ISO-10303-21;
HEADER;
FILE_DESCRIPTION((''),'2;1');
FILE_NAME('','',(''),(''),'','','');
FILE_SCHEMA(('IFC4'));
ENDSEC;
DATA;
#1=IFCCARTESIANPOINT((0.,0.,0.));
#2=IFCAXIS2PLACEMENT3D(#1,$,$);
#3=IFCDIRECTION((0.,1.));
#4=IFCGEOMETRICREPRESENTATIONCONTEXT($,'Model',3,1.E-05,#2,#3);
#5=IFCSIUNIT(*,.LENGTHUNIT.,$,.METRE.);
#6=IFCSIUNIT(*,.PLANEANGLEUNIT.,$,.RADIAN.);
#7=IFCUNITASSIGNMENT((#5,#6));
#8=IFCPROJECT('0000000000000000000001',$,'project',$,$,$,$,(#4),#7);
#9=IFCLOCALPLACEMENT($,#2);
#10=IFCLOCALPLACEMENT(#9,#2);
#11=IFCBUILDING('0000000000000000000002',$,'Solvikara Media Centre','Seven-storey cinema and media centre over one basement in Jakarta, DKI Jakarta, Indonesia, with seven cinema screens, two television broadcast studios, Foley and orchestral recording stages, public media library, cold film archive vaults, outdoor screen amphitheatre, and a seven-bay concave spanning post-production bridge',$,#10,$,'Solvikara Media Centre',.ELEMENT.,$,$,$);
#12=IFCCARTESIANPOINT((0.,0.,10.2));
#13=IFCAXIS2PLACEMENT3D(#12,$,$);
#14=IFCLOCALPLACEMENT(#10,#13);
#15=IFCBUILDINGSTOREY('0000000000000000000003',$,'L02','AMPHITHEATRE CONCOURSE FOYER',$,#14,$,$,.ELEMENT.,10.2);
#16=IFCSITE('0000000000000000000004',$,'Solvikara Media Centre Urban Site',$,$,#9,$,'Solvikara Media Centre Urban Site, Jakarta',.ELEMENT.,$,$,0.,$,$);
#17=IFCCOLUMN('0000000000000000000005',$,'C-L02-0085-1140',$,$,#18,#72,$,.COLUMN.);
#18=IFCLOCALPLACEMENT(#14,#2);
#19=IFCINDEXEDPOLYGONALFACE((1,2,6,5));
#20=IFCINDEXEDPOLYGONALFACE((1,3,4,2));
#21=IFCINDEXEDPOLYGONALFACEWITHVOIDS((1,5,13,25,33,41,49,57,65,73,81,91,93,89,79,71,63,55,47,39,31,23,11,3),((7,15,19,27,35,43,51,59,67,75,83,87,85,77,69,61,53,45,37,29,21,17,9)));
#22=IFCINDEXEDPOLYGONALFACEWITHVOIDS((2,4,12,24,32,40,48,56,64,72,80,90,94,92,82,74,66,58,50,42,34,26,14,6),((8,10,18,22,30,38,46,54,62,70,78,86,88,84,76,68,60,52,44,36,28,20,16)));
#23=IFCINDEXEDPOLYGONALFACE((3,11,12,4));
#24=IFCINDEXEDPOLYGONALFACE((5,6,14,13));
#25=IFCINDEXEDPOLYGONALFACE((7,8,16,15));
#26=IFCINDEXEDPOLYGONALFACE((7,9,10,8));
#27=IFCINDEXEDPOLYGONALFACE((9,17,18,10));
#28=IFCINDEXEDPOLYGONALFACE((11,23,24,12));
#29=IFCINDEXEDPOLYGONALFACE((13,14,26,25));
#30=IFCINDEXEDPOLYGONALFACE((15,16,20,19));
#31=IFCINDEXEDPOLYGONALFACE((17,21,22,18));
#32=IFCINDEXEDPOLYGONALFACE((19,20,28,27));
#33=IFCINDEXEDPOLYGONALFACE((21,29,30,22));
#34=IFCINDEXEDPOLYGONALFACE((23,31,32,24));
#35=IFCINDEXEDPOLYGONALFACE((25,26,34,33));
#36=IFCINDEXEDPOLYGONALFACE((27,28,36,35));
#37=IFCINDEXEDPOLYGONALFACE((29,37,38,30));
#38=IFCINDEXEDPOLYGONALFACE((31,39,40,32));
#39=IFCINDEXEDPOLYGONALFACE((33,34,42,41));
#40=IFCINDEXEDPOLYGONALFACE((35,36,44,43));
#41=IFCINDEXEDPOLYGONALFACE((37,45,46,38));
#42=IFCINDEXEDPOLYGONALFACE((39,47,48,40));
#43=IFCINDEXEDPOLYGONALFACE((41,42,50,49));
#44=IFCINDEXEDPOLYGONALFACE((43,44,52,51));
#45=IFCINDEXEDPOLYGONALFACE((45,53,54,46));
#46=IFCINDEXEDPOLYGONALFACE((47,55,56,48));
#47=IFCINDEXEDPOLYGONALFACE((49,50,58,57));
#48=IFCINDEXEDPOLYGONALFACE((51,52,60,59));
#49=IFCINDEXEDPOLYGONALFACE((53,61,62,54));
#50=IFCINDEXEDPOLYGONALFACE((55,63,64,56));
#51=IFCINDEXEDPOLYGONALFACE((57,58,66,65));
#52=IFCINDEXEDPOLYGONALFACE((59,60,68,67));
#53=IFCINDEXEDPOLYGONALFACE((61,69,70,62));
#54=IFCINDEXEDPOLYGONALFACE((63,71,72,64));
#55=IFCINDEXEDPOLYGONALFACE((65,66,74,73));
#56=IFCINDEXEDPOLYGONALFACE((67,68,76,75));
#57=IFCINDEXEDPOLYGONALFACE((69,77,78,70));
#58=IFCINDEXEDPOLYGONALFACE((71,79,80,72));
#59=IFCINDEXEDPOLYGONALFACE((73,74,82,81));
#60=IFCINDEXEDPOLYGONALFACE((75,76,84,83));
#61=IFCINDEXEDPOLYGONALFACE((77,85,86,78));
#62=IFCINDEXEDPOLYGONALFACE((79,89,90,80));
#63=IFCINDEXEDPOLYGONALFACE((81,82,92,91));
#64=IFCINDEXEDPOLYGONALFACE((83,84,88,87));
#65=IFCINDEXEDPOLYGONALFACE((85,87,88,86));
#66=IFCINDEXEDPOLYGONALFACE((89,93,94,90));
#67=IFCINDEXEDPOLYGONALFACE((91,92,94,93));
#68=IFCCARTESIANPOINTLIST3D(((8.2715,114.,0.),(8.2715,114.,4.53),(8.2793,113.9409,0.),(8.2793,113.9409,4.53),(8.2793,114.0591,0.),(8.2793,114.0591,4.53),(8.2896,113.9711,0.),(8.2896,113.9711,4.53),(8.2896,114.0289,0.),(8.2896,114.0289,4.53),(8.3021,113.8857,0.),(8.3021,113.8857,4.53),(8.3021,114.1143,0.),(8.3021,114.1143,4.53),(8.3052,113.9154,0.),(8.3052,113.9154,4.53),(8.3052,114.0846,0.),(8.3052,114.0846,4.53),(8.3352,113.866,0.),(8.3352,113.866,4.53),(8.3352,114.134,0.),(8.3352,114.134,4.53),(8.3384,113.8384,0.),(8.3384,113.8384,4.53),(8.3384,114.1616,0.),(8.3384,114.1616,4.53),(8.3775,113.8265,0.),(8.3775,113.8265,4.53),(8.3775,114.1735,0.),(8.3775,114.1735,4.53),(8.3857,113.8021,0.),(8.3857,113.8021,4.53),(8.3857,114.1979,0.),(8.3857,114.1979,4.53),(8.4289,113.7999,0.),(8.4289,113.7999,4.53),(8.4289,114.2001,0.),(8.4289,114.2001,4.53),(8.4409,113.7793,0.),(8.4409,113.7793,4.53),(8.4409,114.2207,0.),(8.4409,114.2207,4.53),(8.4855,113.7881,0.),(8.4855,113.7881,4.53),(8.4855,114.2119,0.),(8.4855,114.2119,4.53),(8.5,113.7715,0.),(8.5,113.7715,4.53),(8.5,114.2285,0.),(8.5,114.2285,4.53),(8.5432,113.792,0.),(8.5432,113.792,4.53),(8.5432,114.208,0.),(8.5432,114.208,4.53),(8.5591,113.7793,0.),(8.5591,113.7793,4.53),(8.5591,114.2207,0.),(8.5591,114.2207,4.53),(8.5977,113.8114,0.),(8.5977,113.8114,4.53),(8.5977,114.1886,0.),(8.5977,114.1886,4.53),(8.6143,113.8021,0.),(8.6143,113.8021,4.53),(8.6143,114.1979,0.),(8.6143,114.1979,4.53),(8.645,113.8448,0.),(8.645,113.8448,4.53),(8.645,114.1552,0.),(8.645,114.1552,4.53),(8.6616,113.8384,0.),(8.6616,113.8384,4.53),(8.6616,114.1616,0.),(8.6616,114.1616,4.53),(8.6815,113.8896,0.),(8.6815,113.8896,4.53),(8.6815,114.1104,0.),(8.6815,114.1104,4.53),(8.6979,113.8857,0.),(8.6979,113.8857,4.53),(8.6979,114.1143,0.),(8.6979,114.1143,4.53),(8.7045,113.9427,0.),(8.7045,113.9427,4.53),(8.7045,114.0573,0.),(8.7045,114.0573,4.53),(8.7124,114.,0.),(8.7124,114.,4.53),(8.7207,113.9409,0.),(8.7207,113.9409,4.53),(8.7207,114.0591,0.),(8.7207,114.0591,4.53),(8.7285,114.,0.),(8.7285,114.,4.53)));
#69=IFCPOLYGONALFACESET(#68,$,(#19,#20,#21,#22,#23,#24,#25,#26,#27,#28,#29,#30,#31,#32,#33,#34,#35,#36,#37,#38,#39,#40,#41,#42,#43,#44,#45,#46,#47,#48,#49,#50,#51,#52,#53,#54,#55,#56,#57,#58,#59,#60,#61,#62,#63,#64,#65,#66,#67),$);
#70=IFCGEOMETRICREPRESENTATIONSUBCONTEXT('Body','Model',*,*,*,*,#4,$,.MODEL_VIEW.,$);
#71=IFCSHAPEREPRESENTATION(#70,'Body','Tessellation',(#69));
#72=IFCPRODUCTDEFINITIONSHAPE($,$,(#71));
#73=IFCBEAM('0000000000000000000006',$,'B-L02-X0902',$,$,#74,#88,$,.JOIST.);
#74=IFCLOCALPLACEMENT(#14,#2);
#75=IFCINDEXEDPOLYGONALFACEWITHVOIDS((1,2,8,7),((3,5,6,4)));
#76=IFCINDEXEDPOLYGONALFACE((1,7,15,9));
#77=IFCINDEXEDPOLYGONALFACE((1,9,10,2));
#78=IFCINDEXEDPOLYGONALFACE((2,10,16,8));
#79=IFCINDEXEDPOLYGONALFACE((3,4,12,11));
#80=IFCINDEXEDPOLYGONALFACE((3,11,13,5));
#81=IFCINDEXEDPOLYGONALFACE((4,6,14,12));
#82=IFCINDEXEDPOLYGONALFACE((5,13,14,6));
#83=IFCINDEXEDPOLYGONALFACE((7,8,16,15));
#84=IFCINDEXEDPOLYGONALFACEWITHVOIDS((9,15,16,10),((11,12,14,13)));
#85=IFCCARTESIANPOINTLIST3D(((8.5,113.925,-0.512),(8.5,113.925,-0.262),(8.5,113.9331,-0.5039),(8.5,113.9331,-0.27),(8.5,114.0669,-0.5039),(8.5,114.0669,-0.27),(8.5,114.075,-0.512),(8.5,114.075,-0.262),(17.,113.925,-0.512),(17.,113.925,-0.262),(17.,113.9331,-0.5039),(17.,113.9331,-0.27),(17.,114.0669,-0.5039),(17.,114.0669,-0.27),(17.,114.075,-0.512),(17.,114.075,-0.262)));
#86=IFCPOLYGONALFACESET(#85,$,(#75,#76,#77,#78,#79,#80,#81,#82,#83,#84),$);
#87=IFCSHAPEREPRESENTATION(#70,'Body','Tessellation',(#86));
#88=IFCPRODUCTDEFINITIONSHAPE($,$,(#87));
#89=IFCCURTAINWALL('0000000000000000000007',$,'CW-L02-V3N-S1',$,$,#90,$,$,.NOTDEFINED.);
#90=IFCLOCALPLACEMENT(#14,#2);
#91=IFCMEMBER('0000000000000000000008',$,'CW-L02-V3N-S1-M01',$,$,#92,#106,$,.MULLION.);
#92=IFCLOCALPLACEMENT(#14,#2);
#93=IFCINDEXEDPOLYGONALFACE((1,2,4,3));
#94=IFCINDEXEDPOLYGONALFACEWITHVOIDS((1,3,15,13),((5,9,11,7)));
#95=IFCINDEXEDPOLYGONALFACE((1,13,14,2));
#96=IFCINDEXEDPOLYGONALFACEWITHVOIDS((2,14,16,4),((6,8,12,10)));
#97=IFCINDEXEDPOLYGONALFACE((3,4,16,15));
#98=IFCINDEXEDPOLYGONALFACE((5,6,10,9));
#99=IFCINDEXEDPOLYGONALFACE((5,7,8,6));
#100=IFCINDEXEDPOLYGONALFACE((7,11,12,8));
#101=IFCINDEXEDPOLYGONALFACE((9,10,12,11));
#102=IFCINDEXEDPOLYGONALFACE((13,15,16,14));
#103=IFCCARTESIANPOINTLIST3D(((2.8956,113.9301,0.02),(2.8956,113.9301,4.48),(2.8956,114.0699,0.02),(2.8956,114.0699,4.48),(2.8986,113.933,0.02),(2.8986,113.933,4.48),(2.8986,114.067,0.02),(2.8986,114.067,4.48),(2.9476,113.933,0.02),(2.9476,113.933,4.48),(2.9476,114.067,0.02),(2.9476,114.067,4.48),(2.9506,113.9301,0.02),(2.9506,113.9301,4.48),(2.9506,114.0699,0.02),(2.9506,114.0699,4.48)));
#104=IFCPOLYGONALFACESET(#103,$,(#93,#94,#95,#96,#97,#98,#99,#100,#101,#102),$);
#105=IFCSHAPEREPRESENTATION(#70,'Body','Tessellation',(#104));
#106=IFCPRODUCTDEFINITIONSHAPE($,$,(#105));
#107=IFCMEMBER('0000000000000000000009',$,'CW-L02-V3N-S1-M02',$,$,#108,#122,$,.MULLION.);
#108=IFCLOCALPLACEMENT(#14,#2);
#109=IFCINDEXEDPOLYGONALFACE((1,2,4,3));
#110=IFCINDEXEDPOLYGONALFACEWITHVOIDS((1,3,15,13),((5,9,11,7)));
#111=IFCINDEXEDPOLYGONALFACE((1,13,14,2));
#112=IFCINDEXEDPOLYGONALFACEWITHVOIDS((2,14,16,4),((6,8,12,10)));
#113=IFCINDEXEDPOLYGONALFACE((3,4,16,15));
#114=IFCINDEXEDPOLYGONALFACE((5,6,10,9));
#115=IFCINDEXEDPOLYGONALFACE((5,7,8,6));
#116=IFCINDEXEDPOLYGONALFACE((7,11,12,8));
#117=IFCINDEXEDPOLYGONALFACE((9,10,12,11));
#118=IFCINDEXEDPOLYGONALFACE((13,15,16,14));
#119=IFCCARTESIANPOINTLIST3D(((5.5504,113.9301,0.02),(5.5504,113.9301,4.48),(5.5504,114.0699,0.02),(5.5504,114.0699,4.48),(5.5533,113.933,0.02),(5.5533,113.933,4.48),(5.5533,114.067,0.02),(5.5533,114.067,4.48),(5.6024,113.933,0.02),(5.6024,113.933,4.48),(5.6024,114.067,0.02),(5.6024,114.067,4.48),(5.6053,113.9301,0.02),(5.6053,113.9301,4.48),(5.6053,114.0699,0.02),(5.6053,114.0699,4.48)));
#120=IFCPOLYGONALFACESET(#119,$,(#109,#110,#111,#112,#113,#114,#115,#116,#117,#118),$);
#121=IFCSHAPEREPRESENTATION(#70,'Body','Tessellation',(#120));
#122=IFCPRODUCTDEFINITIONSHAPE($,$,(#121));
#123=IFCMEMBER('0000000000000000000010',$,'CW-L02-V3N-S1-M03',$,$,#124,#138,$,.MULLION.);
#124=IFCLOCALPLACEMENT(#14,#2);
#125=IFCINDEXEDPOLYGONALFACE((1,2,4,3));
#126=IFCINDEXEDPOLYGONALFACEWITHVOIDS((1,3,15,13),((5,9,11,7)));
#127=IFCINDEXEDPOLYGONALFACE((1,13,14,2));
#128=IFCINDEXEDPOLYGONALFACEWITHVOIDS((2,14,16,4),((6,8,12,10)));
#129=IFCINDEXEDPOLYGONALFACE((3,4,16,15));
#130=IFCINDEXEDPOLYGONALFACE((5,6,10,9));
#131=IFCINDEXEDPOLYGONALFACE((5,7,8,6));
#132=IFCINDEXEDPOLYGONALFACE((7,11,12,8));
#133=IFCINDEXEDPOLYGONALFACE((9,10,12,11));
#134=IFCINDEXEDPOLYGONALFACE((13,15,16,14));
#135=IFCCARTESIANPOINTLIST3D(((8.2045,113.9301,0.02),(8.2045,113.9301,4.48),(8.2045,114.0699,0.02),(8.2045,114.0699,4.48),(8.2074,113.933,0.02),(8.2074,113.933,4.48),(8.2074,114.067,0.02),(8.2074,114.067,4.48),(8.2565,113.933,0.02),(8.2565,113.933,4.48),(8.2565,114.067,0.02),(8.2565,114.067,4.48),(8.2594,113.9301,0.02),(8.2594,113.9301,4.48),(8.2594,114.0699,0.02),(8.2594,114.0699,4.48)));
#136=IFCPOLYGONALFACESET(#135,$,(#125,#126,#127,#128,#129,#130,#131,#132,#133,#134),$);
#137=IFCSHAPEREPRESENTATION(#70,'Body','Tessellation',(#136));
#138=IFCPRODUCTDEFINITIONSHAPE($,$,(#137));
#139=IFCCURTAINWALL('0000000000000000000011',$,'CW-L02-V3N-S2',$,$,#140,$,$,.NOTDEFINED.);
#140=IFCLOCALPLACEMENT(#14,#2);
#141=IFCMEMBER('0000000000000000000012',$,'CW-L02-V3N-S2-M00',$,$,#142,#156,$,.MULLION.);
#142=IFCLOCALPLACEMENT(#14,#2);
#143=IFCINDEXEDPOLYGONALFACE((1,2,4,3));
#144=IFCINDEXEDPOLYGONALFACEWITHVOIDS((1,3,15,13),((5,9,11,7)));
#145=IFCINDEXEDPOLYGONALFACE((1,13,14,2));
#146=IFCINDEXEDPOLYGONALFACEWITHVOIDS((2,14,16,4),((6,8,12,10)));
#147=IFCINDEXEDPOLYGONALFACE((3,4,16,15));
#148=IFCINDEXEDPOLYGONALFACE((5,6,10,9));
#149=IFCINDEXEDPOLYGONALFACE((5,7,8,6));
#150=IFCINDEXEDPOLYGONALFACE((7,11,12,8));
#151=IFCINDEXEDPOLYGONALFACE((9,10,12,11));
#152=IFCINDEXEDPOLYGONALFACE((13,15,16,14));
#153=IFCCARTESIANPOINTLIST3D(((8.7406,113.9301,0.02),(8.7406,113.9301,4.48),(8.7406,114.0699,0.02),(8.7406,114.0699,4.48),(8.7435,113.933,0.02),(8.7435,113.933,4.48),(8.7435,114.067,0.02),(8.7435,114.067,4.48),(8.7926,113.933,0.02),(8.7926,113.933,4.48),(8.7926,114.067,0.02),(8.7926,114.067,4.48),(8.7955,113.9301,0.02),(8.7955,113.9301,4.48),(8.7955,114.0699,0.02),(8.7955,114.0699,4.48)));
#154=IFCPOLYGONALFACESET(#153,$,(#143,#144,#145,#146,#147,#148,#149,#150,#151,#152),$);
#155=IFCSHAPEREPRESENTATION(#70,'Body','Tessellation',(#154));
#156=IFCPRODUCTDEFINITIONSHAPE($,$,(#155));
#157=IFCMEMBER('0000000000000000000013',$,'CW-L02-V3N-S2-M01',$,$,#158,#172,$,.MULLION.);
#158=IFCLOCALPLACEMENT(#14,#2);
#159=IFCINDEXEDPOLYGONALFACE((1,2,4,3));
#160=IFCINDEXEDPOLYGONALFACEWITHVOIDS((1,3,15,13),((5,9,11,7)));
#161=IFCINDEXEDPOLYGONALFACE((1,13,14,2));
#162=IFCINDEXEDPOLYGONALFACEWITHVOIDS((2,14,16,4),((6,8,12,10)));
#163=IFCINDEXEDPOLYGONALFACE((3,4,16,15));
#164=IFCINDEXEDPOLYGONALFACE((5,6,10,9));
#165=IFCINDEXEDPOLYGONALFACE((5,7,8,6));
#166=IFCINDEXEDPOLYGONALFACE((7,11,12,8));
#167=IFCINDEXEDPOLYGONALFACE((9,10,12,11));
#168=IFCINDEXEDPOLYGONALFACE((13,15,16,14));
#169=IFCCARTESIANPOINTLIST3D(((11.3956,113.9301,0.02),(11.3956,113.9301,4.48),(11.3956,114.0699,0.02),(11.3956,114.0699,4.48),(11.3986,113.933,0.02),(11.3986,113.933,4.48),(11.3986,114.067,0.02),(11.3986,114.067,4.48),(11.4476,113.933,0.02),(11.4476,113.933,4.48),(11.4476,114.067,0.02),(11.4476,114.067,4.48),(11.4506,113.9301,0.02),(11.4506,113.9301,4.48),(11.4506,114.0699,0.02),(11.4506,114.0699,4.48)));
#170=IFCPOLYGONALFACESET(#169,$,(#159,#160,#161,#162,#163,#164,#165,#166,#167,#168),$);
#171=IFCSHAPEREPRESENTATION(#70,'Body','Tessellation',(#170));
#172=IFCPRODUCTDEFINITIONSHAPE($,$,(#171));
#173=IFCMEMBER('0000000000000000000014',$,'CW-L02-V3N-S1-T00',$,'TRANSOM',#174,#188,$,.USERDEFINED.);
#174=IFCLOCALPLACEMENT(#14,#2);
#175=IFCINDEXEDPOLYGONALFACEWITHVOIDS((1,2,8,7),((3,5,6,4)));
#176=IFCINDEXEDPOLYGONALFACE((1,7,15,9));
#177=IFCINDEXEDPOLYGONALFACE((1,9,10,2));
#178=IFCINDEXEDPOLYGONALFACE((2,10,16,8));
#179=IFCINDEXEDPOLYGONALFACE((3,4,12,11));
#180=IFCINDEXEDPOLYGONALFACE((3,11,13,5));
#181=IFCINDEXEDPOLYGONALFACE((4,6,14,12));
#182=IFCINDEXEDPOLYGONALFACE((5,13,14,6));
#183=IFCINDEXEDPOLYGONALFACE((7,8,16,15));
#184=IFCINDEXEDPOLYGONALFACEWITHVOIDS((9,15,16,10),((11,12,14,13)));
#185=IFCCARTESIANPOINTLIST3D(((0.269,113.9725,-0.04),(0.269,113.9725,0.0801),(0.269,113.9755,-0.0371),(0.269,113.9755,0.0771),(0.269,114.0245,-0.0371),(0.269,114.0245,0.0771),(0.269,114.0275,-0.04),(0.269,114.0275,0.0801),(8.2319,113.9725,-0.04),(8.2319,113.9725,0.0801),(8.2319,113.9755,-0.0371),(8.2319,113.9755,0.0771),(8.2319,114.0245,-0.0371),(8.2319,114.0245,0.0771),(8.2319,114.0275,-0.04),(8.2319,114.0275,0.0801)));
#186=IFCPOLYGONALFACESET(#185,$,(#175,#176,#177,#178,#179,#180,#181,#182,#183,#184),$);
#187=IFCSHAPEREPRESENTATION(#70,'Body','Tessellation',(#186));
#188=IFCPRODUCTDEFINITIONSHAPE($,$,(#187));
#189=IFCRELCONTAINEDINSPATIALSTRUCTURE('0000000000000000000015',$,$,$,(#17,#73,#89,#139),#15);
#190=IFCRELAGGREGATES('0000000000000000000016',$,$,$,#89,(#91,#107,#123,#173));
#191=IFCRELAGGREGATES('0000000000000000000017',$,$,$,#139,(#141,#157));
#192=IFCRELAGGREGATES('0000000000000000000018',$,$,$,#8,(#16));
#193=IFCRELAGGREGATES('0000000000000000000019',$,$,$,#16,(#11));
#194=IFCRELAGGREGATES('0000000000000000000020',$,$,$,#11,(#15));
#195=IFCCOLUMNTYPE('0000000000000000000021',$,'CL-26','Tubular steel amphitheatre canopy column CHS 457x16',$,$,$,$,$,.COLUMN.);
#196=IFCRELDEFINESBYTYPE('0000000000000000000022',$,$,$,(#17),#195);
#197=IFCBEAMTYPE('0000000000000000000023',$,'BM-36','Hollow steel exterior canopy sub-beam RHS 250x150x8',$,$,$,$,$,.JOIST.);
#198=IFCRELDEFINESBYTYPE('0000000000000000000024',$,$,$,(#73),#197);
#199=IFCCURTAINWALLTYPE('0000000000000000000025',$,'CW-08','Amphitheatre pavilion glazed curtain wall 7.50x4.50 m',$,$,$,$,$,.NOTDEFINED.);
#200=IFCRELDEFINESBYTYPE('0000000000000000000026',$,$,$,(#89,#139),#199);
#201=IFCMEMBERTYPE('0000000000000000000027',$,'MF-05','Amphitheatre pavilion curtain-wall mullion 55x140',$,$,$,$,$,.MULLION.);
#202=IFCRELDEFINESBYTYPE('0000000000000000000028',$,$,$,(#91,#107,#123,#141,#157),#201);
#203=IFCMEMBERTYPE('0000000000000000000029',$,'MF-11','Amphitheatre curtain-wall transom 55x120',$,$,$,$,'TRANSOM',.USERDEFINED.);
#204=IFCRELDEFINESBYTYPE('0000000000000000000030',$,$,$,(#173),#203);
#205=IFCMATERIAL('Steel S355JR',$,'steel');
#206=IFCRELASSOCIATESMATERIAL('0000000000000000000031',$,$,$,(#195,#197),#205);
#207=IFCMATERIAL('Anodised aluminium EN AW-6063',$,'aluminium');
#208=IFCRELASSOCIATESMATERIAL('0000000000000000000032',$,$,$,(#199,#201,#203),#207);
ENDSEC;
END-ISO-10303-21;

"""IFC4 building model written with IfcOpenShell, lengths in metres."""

from ifc_helpers import new_model, si_unit, direction, frame, origin, origin_2d, place, context, subcontext, project, spatial, hollow_rectangle, hollow_circle, extrude, material, material_profile, profile_set, type_object, element, aggregate, save


model = new_model("IFC4")

# Units and contexts
model_context = context("Model", 3, precision=1e-05, world=origin(), true_north=direction((0.0, 1.0)))
body_context = subcontext(model_context, "Body", "Model", "MODEL_VIEW")
ifc_project = project(units=[si_unit("LENGTHUNIT", "METRE"), si_unit("PLANEANGLEUNIT", "RADIAN")], contexts=[model_context])

# Site, building, storey
site_placement = place(None, origin())
site = spatial("IfcSite", under=ifc_project, at=site_placement, Name="Solvikara Media Centre Urban Site", LongName="Solvikara Media Centre Urban Site, Jakarta", CompositionType="ELEMENT", RefElevation=0.0)
building_placement = place(site_placement, origin())
building = spatial("IfcBuilding", under=site, at=building_placement, Name="Solvikara Media Centre", Description="Seven-storey cinema and media centre over one basement in Jakarta, DKI Jakarta, Indonesia, with seven cinema screens, two television broadcast studios, Foley and orchestral recording stages, public media library, cold film archive vaults, outdoor screen amphitheatre, and a seven-bay concave spanning post-production bridge", LongName="Solvikara Media Centre", CompositionType="ELEMENT")
storey_placement = place(building_placement, frame((0.0, 0.0, 10.2)))
storey = spatial("IfcBuildingStorey", under=building, at=storey_placement, Name="L02", Description="AMPHITHEATRE CONCOURSE FOYER", CompositionType="ELEMENT", Elevation=10.2)

# Column
ifc_material_1 = material(Name="Steel S355JR", Category="steel")
ifc_material_profile_1 = material_profile(ifc_material_1, hollow_circle(Radius=0.2285, WallThickness=0.0161, at=origin_2d()), Name="CHS 457x16")
ifc_profile_set_1 = profile_set([ifc_material_profile_1], Name="Steel S355JR")
column_type = type_object("IfcColumnType", Name="CL-26", Description="Tubular steel amphitheatre canopy column CHS 457x16", PredefinedType="COLUMN", material=ifc_profile_set_1)
column_placement = place(storey_placement, frame((8.5, 114.0, 0.0), z_axis=(0.0, 0.0, 1.0), x_axis=(1.0, 0.0, 0.0)))
element("IfcColumn", 1, at=column_placement, inside=storey, type_object=column_type, Name="C-L02-0085-1140", PredefinedType="COLUMN", context=body_context, shape_type="SweptSolid", body=[
    extrude(hollow_circle(Radius=0.2285, WallThickness=0.0161, at=origin_2d()), origin(), (0.0, 0.0, 1.0), 4.53),
])

# Beam
ifc_material_profile_2 = material_profile(ifc_material_1, hollow_rectangle(XDim=0.1499, YDim=0.25, WallThickness=0.0081, at=origin_2d()), Name="RHS 250x150x8")
ifc_profile_set_2 = profile_set([ifc_material_profile_2], Name="Steel S355JR")
beam_type = type_object("IfcBeamType", Name="BM-36", Description="Hollow steel exterior canopy sub-beam RHS 250x150x8", PredefinedType="JOIST", material=ifc_profile_set_2)
beam_placement = place(storey_placement, frame((8.5, 114.0, -0.387), z_axis=(1.0, 0.0, 0.0), x_axis=(0.0, 1.0, 0.0)))
element("IfcBeam", 2, at=beam_placement, inside=storey, type_object=beam_type, Name="B-L02-X0902", PredefinedType="JOIST", context=body_context, shape_type="SweptSolid", body=[
    extrude(hollow_rectangle(XDim=0.1499, YDim=0.25, WallThickness=0.0081, at=origin_2d()), origin(), (0.0, 0.0, 1.0), 8.5),
])

# Curtain walls, members
ifc_material_2 = material(Name="Anodised aluminium EN AW-6063", Category="aluminium")
curtain_wall_type = type_object("IfcCurtainWallType", Name="CW-08", Description="Amphitheatre pavilion glazed curtain wall 7.50x4.50 m", PredefinedType="NOTDEFINED", material=ifc_material_2)
curtain_wall_1_placement = place(storey_placement, origin())
curtain_wall_1 = element("IfcCurtainWall", 3, at=curtain_wall_1_placement, inside=storey, type_object=curtain_wall_type, Name="CW-L02-V3N-S1", PredefinedType="NOTDEFINED")
ifc_material_profile_3 = material_profile(ifc_material_2, hollow_rectangle(XDim=0.0549, YDim=0.1399, WallThickness=0.0029, at=origin_2d()), Name="ALU-M 55x140x3")
ifc_profile_set_3 = profile_set([ifc_material_profile_3], Name="Anodised aluminium EN AW-6063")
member_type_1 = type_object("IfcMemberType", Name="MF-05", Description="Amphitheatre pavilion curtain-wall mullion 55x140", PredefinedType="MULLION", material=ifc_profile_set_3)
member_1_placement = place(storey_placement, frame((2.9231, 114.0, 0.02), z_axis=(0.0, 0.0, 1.0), x_axis=(1.0, 0.0, 0.0)))
member_1 = element("IfcMember", 4, at=member_1_placement, type_object=member_type_1, Name="CW-L02-V3N-S1-M01", PredefinedType="MULLION", context=body_context, shape_type="SweptSolid", body=[
    extrude(hollow_rectangle(XDim=0.0549, YDim=0.1399, WallThickness=0.0029, at=origin_2d()), origin(), (0.0, 0.0, 1.0), 4.46),
])
member_2_placement = place(storey_placement, frame((5.5779, 114.0, 0.02), z_axis=(0.0, 0.0, 1.0), x_axis=(1.0, 0.0, 0.0)))
member_2 = element("IfcMember", 5, at=member_2_placement, type_object=member_type_1, Name="CW-L02-V3N-S1-M02", PredefinedType="MULLION", context=body_context, shape_type="SweptSolid", body=[
    extrude(hollow_rectangle(XDim=0.0549, YDim=0.1399, WallThickness=0.0029, at=origin_2d()), origin(), (0.0, 0.0, 1.0), 4.46),
])
member_3_placement = place(storey_placement, frame((8.2319, 114.0, 0.02), z_axis=(0.0, 0.0, 1.0), x_axis=(1.0, 0.0, 0.0)))
member_3 = element("IfcMember", 6, at=member_3_placement, type_object=member_type_1, Name="CW-L02-V3N-S1-M03", PredefinedType="MULLION", context=body_context, shape_type="SweptSolid", body=[
    extrude(hollow_rectangle(XDim=0.0549, YDim=0.1399, WallThickness=0.0029, at=origin_2d()), origin(), (0.0, 0.0, 1.0), 4.46),
])
curtain_wall_2_placement = place(storey_placement, origin())
curtain_wall_2 = element("IfcCurtainWall", 7, at=curtain_wall_2_placement, inside=storey, type_object=curtain_wall_type, Name="CW-L02-V3N-S2", PredefinedType="NOTDEFINED")
member_4_placement = place(storey_placement, frame((8.7681, 114.0, 0.02), z_axis=(0.0, 0.0, 1.0), x_axis=(1.0, 0.0, 0.0)))
member_4 = element("IfcMember", 8, at=member_4_placement, type_object=member_type_1, Name="CW-L02-V3N-S2-M00", PredefinedType="MULLION", context=body_context, shape_type="SweptSolid", body=[
    extrude(hollow_rectangle(XDim=0.0549, YDim=0.1399, WallThickness=0.0029, at=origin_2d()), origin(), (0.0, 0.0, 1.0), 4.46),
])
member_5_placement = place(storey_placement, frame((11.4231, 114.0, 0.02), z_axis=(0.0, 0.0, 1.0), x_axis=(1.0, 0.0, 0.0)))
member_5 = element("IfcMember", 9, at=member_5_placement, type_object=member_type_1, Name="CW-L02-V3N-S2-M01", PredefinedType="MULLION", context=body_context, shape_type="SweptSolid", body=[
    extrude(hollow_rectangle(XDim=0.0549, YDim=0.1399, WallThickness=0.0029, at=origin_2d()), origin(), (0.0, 0.0, 1.0), 4.46),
])

# Member
ifc_material_profile_4 = material_profile(ifc_material_2, hollow_rectangle(XDim=0.0549, YDim=0.1201, WallThickness=0.0029, at=origin_2d()), Name="ALU-T 55x120x3")
ifc_profile_set_4 = profile_set([ifc_material_profile_4], Name="Anodised aluminium EN AW-6063")
member_type_2 = type_object("IfcMemberType", Name="MF-11", Description="Amphitheatre curtain-wall transom 55x120", ElementType="TRANSOM", PredefinedType="USERDEFINED", material=ifc_profile_set_4)
member_6_placement = place(storey_placement, frame((0.269, 114.0, 0.02), z_axis=(1.0, 0.0, 0.0), x_axis=(0.0, 1.0, 0.0)))
member_6 = element("IfcMember", 10, at=member_6_placement, type_object=member_type_2, Name="CW-L02-V3N-S1-T00", ObjectType="TRANSOM", PredefinedType="USERDEFINED", context=body_context, shape_type="SweptSolid", body=[
    extrude(hollow_rectangle(XDim=0.0549, YDim=0.1201, WallThickness=0.0029, at=origin_2d()), origin(), (0.0, 0.0, 1.0), 7.9629),
])

aggregate(curtain_wall_1, [member_1, member_2, member_3, member_6])
aggregate(curtain_wall_2, [member_4, member_5])

save(model, "model.ifc")
